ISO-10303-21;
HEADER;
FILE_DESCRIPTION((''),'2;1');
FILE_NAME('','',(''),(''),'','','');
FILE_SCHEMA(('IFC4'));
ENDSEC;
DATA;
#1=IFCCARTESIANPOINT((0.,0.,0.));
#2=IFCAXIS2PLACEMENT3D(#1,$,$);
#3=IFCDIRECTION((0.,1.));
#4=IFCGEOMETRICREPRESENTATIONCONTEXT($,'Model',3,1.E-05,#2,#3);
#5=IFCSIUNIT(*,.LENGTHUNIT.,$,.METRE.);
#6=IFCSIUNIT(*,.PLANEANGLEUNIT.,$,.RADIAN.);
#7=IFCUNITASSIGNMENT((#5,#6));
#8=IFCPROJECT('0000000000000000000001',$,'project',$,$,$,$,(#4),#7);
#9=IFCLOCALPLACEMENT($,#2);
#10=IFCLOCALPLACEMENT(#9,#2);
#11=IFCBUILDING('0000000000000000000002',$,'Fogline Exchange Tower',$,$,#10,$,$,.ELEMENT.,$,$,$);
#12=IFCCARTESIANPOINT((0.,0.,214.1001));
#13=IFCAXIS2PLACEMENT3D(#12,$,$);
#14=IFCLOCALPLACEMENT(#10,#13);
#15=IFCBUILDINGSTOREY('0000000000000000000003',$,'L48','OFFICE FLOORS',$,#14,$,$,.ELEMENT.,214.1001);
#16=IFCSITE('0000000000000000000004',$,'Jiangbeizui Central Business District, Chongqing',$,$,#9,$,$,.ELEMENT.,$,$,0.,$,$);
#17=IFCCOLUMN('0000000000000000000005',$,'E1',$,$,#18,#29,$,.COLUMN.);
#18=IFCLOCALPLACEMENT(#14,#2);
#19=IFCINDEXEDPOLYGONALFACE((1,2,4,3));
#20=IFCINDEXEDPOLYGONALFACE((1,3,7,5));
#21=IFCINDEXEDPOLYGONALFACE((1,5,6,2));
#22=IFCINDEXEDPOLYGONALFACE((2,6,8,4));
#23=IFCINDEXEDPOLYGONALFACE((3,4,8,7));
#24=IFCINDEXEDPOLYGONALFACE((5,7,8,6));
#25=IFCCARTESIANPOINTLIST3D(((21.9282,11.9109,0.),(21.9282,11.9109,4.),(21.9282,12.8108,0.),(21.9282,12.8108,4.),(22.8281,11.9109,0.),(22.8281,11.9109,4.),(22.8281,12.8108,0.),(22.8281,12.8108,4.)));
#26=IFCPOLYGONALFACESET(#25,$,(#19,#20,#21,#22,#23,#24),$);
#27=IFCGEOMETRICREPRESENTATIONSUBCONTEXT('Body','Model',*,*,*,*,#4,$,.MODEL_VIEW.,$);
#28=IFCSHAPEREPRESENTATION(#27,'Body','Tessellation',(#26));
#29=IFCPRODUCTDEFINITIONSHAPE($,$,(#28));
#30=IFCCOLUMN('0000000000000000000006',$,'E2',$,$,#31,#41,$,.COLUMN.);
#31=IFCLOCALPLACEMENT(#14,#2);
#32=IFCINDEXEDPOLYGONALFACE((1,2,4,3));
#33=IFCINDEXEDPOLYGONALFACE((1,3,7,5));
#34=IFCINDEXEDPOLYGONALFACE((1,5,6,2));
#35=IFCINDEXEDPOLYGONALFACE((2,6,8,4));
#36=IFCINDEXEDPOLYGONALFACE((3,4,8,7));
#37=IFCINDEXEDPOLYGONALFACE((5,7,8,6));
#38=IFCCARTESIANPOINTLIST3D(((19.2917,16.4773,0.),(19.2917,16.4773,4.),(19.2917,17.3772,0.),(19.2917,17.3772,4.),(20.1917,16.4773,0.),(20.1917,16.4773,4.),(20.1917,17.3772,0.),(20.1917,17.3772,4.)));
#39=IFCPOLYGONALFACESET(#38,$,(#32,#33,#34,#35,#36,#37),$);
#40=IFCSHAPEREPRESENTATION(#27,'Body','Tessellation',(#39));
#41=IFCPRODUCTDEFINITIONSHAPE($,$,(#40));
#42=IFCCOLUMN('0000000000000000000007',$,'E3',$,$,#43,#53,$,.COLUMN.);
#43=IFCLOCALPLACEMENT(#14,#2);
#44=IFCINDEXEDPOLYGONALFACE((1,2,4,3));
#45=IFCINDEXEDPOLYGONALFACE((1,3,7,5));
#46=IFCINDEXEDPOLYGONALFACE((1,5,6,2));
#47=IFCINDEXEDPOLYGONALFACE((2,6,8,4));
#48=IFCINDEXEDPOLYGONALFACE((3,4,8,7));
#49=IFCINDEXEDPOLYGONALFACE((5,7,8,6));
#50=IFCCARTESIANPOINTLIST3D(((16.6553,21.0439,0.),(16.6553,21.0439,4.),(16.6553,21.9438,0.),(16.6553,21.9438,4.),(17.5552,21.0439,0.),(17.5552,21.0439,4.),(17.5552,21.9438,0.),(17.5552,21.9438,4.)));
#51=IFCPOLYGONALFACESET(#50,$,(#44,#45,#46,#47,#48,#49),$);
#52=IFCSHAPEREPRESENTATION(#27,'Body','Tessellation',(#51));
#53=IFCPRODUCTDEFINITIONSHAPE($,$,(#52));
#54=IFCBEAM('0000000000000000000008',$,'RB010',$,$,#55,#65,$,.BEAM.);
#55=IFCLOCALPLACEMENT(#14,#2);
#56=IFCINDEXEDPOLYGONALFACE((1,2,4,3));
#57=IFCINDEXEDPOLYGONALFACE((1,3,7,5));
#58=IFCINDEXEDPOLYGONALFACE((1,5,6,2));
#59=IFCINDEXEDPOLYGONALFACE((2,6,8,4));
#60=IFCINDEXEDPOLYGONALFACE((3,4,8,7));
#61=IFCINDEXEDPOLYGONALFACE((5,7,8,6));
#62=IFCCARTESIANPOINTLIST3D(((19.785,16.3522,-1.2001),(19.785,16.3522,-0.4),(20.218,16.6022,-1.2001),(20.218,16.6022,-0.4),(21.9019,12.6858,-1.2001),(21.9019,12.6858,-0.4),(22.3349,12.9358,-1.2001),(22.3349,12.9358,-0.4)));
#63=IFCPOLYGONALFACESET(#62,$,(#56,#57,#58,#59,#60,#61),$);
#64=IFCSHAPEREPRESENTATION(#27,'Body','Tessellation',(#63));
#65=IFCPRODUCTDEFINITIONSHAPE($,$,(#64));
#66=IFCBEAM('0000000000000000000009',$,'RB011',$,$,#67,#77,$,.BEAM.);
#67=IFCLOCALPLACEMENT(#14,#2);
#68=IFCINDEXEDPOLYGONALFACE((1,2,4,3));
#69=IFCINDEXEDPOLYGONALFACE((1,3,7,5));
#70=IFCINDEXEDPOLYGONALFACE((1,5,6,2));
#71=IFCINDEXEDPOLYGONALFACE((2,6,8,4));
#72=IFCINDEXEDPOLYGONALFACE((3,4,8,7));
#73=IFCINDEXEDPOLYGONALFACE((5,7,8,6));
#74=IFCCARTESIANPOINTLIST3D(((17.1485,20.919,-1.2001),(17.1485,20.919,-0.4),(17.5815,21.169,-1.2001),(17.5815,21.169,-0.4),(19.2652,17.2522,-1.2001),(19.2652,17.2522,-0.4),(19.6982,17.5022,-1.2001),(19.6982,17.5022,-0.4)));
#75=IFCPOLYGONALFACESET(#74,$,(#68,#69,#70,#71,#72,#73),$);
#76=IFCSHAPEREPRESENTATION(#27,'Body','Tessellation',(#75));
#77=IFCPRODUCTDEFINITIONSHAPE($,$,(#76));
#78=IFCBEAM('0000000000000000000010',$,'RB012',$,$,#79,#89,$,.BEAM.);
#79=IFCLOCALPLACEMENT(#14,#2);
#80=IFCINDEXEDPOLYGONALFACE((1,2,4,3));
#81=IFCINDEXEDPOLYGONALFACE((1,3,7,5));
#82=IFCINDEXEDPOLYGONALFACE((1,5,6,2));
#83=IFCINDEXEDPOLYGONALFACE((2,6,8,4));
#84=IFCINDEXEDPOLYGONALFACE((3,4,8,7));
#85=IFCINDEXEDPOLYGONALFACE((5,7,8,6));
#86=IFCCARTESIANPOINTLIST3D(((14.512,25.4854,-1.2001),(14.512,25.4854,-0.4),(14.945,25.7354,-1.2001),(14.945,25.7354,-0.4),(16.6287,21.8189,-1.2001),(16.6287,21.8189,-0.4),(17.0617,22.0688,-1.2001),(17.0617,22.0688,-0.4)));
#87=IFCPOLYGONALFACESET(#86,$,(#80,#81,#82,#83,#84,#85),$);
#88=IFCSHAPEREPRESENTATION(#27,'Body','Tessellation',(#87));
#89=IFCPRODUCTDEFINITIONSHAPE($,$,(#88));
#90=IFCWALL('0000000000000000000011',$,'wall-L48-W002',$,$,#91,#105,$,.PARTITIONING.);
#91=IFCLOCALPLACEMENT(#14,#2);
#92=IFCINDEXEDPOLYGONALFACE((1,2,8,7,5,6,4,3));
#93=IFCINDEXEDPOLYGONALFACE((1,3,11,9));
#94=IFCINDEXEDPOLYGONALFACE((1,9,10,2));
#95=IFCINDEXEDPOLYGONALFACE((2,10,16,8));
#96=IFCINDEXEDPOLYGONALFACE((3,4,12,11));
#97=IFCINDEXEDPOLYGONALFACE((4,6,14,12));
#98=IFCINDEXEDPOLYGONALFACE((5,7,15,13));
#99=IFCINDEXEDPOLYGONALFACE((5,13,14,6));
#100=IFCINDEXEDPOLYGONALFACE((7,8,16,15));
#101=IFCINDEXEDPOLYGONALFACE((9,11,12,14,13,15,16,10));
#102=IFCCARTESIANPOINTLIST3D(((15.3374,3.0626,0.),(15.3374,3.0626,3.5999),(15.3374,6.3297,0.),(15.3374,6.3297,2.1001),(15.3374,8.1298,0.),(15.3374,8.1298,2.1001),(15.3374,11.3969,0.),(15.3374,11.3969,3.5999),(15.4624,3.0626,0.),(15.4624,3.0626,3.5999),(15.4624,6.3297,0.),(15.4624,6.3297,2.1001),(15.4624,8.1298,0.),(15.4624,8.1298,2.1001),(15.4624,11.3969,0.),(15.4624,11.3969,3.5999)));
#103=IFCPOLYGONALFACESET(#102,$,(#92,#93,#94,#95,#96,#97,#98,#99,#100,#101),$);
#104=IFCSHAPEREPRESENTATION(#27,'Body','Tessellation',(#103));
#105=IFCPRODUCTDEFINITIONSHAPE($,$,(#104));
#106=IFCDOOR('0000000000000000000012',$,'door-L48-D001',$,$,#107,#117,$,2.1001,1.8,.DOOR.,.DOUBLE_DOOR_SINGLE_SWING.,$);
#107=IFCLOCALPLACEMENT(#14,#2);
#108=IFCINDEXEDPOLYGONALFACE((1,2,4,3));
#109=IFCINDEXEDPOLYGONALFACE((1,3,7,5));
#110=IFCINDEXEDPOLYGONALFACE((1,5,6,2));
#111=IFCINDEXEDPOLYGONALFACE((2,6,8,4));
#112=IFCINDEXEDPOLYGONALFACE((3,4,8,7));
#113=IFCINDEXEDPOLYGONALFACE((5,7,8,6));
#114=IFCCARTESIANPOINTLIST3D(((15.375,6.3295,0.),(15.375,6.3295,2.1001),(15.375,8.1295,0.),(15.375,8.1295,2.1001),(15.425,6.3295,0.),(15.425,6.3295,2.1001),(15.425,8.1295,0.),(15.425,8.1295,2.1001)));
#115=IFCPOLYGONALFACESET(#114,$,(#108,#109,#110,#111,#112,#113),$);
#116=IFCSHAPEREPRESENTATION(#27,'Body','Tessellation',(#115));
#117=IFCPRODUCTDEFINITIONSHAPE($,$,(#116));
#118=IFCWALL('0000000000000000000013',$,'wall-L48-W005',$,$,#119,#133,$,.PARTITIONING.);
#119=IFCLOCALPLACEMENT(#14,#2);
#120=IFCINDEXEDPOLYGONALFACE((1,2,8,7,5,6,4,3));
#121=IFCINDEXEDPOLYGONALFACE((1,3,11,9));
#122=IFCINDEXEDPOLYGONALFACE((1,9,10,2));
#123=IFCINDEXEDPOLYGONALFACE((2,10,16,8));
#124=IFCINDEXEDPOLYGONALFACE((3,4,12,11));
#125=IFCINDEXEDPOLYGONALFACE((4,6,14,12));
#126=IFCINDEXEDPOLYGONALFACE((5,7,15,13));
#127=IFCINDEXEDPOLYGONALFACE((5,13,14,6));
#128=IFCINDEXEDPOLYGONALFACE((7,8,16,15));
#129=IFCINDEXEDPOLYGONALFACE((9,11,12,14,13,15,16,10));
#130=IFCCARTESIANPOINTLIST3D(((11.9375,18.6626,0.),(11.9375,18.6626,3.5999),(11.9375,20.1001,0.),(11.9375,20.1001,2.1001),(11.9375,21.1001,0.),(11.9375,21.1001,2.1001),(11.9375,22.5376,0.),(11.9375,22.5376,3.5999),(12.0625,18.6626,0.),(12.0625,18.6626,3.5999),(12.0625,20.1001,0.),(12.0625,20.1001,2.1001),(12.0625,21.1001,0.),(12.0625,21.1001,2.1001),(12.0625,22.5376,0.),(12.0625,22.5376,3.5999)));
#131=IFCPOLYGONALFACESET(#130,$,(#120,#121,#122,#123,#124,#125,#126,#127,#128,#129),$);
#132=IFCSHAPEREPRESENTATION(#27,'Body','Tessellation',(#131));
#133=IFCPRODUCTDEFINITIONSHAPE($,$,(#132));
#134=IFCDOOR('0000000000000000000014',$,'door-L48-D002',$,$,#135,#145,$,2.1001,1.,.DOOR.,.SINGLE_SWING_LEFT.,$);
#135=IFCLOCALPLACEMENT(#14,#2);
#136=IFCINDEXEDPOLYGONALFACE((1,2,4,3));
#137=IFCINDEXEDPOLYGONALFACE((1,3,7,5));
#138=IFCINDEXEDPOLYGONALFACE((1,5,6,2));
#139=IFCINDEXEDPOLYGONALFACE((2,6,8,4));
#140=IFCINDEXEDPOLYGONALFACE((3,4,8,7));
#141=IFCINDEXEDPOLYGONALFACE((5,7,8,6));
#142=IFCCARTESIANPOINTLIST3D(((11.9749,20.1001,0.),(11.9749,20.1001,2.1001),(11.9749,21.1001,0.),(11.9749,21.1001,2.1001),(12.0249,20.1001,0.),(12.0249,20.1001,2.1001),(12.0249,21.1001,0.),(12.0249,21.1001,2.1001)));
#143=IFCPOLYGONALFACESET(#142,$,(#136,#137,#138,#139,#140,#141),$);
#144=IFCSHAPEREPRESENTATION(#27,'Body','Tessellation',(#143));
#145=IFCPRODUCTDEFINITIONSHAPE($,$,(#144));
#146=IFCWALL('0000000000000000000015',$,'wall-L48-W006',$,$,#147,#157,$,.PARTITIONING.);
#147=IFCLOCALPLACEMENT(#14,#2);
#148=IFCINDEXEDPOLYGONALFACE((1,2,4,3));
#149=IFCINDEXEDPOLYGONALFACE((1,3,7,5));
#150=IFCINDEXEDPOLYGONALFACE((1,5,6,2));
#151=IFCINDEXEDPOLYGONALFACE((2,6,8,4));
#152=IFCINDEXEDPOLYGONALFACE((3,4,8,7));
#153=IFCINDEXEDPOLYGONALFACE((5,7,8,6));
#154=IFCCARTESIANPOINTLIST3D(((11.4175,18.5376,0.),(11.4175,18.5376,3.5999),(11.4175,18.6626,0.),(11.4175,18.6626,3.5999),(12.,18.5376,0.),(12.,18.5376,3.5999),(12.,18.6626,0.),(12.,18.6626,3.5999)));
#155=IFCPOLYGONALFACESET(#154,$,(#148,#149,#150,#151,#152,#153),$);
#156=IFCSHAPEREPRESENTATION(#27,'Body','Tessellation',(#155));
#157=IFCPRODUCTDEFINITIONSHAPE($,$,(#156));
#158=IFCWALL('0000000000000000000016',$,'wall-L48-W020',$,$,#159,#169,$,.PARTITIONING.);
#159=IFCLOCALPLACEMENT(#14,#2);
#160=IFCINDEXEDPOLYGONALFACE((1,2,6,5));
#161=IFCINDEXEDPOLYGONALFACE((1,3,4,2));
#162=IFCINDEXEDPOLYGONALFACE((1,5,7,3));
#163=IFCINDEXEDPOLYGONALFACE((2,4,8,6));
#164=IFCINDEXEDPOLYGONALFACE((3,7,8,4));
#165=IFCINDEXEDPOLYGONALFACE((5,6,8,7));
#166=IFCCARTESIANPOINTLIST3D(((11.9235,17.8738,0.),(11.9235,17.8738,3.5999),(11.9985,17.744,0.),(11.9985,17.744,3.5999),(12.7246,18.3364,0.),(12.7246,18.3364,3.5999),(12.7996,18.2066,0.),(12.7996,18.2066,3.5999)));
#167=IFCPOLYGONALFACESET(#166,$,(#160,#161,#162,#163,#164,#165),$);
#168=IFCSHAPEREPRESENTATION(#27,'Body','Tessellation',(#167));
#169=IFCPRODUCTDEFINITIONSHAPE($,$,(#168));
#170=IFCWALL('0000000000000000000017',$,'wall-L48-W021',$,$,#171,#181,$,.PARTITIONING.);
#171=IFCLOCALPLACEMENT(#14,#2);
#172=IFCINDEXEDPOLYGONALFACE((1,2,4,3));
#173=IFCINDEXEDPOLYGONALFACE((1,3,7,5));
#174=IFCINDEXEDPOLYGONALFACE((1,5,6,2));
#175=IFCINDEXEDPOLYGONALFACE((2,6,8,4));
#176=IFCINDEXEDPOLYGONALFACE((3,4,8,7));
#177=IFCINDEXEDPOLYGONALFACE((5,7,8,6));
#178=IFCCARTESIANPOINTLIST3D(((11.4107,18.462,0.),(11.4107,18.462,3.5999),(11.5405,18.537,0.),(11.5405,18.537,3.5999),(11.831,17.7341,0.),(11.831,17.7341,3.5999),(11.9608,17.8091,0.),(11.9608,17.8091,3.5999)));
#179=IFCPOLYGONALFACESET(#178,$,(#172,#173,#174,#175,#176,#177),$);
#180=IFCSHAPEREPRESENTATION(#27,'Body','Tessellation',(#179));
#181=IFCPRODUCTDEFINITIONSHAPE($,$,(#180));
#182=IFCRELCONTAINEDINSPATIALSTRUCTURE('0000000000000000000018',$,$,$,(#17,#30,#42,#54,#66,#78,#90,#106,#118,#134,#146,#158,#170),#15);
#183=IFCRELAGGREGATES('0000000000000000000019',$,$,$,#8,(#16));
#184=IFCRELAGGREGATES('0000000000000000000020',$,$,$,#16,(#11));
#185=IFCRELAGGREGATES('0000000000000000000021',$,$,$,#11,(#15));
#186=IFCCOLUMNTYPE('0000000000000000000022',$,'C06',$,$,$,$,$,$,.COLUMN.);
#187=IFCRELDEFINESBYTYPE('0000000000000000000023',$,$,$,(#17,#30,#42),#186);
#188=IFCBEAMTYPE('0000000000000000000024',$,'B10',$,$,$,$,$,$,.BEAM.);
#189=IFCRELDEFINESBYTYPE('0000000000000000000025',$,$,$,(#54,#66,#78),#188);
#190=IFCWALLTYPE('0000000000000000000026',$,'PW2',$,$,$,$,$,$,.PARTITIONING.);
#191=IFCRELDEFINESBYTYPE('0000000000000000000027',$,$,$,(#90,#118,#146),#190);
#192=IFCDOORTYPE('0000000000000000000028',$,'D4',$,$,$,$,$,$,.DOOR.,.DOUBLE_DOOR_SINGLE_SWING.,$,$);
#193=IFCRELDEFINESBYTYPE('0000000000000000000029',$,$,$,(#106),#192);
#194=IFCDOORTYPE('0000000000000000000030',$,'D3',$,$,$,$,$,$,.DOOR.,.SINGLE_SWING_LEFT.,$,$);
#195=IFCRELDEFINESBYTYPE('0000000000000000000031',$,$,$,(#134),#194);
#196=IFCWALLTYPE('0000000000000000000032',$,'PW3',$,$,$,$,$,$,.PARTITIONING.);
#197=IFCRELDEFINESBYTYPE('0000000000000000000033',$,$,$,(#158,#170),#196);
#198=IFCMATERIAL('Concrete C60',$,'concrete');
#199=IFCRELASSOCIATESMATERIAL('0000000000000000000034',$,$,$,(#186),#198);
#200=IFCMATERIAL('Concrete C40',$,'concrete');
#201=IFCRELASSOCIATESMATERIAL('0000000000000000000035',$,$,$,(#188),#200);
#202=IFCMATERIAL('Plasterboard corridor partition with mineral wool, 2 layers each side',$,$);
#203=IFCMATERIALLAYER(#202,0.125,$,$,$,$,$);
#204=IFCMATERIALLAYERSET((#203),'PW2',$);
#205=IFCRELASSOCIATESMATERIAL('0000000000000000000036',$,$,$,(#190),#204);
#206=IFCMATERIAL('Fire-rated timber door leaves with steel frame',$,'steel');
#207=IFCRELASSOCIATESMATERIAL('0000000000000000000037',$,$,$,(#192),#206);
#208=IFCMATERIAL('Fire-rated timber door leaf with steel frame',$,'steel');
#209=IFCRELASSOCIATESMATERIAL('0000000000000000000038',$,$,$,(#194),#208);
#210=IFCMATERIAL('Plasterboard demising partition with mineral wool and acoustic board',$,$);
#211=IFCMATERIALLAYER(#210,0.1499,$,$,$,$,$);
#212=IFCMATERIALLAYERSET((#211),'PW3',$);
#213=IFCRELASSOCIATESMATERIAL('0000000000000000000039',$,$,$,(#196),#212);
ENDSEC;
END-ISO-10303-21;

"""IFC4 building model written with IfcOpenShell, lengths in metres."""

from ifc_helpers import new_model, si_unit, direction, frame, frame_2d, origin, origin_2d, place, context, subcontext, project, spatial, rectangle, extrude, material, layer, layer_set, material_profile, profile_set, type_object, element, fill, save


model = new_model("IFC4")

# Units and contexts
model_context = context("Model", 3, precision=1e-05, world=origin(), true_north=direction((0.0, 1.0)))
body_context = subcontext(model_context, "Body", "Model", "MODEL_VIEW")
ifc_project = project(units=[si_unit("LENGTHUNIT", "METRE"), si_unit("PLANEANGLEUNIT", "RADIAN")], contexts=[model_context])

# Site, building, storey
site_placement = place(None, origin())
site = spatial("IfcSite", under=ifc_project, at=site_placement, Name="Jiangbeizui Central Business District, Chongqing", CompositionType="ELEMENT", RefElevation=0.0)
building_placement = place(site_placement, origin())
building = spatial("IfcBuilding", under=site, at=building_placement, Name="Fogline Exchange Tower", CompositionType="ELEMENT")
storey_placement = place(building_placement, frame((0.0, 0.0, 214.1001)))
storey = spatial("IfcBuildingStorey", under=building, at=storey_placement, Name="L48", Description="OFFICE FLOORS", CompositionType="ELEMENT", Elevation=214.1001)

# Columns
ifc_material_1 = material(Name="Concrete C60", Category="concrete")
ifc_material_profile_1 = material_profile(ifc_material_1, rectangle(XDim=0.8999, YDim=0.8999, at=origin_2d()), Name="RC 900x900")
ifc_profile_set_1 = profile_set([ifc_material_profile_1], Name="Concrete C60")
column_type = type_object("IfcColumnType", Name="C06", PredefinedType="COLUMN", material=ifc_profile_set_1)
for number, where, z_axis, x_axis, name in (
    (1, (22.3782, 12.3608, 0.0), (0.0, 0.0, 1.0), (1.0, 0.0, 0.0), "E1"),
    (2, (19.7417, 16.9272, 0.0), (0.0, 0.0, 1.0), (1.0, 0.0, 0.0), "E2"),
    (3, (17.1052, 21.4939, 0.0), (0.0, 0.0, 1.0), (1.0, 0.0, 0.0), "E3"),
):
    element("IfcColumn", number, at=place(storey_placement, frame(where, z_axis=z_axis, x_axis=x_axis)), inside=storey, type_object=column_type, Name=name, PredefinedType="COLUMN", context=body_context, shape_type="SweptSolid", body=[
        extrude(rectangle(XDim=0.8999, YDim=0.8999, at=origin_2d()), origin(), (0.0, 0.0, 1.0), 4.0),
    ])

# Beams
ifc_material_2 = material(Name="Concrete C40", Category="concrete")
ifc_material_profile_2 = material_profile(ifc_material_2, rectangle(XDim=0.5, YDim=0.8, at=origin_2d()), Name="RC 500x800")
ifc_profile_set_2 = profile_set([ifc_material_profile_2], Name="Concrete C40")
beam_type = type_object("IfcBeamType", Name="B10", PredefinedType="BEAM", material=ifc_profile_set_2)
beam_1_placement = place(storey_placement, frame((22.1184, 12.8108, -0.8), z_axis=(-0.500015, 0.866017, 0.0), x_axis=(-0.866017, -0.500015, 0.0)))
element("IfcBeam", 4, at=beam_1_placement, inside=storey, type_object=beam_type, Name="RB010", PredefinedType="BEAM", context=body_context, shape_type="SweptSolid", body=[
    extrude(rectangle(XDim=0.5, YDim=0.8, at=origin_2d()), origin(), (0.0, 0.0, 1.0), 4.2336),
])
beam_2_placement = place(storey_placement, frame((19.4817, 17.3772, -0.8), z_axis=(-0.499947, 0.866056, 0.0), x_axis=(-0.866056, -0.499947, 0.0)))
element("IfcBeam", 5, at=beam_2_placement, inside=storey, type_object=beam_type, Name="RB011", PredefinedType="BEAM", context=body_context, shape_type="SweptSolid", body=[
    extrude(rectangle(XDim=0.5, YDim=0.8, at=origin_2d()), origin(), (0.0, 0.0, 1.0), 4.2339),
])
beam_3_placement = place(storey_placement, frame((16.8452, 21.9438, -0.8), z_axis=(-0.499972, 0.866042, 0.0), x_axis=(-0.866042, -0.499972, 0.0)))
element("IfcBeam", 6, at=beam_3_placement, inside=storey, type_object=beam_type, Name="RB012", PredefinedType="BEAM", context=body_context, shape_type="SweptSolid", body=[
    extrude(rectangle(XDim=0.5, YDim=0.8, at=origin_2d()), origin(), (0.0, 0.0, 1.0), 4.2336),
])

# Walls, openings, doors
ifc_material_3 = material(Name="Plasterboard corridor partition with mineral wool, 2 layers each side")
ifc_layer_1 = layer(ifc_material_3, 0.125)
ifc_layer_set_1 = layer_set([ifc_layer_1], Name="PW2")
wall_type_1 = type_object("IfcWallType", Name="PW2", PredefinedType="PARTITIONING", material=ifc_layer_set_1)
wall_1_placement = place(storey_placement, frame((15.3999, 11.3967, 0.0), z_axis=(0.0, 0.0, 1.0), x_axis=(0.0, -1.0, 0.0)))
wall_1 = element("IfcWall", 7, at=wall_1_placement, inside=storey, type_object=wall_type_1, Name="wall-L48-W002", PredefinedType="PARTITIONING", context=body_context, shape_type="SweptSolid", body=[
    extrude(rectangle(XDim=8.3342, YDim=0.125, at=frame_2d((4.167, 0.0))), origin(), (0.0, 0.0, 1.0), 3.5999),
])
opening_1_placement = place(wall_1_placement, frame((3.2671, 0.0, 0.0)))
opening_1 = element("IfcOpeningElement", 8, at=opening_1_placement, cuts=wall_1, PredefinedType="OPENING", context=body_context, shape_type="SweptSolid", body=[
    extrude(rectangle(XDim=1.8, YDim=2.1001, at=frame_2d((0.8999, 1.05))), frame((0.0, 0.0725, 0.0), z_axis=(0.0, -1.0, 0.0), x_axis=(1.0, 0.0, 0.0)), (0.0, 0.0, 1.0), 0.145),
])
ifc_material_4 = material(Name="Fire-rated timber door leaves with steel frame", Category="steel")
door_type_1 = type_object("IfcDoorType", Name="D4", OperationType="DOUBLE_DOOR_SINGLE_SWING", PredefinedType="DOOR", material=ifc_material_4)
door_1_placement = place(opening_1_placement, frame((1.8, 0.0, 0.0), z_axis=(0.0, 0.0, 1.0), x_axis=(-1.0, 0.0, 0.0)))
door_1 = element("IfcDoor", 9, at=door_1_placement, inside=storey, type_object=door_type_1, Name="door-L48-D001", OperationType="DOUBLE_DOOR_SINGLE_SWING", OverallHeight=2.1001, OverallWidth=1.8, PredefinedType="DOOR", context=body_context, shape_type="SweptSolid", body=[
    extrude(rectangle(XDim=1.8, YDim=2.1001, at=frame_2d((0.8999, 1.05))), frame((0.0, 0.0249, 0.0), z_axis=(0.0, -1.0, 0.0), x_axis=(1.0, 0.0, 0.0)), (0.0, 0.0, 1.0), 0.05),
])
fill(opening_1, door_1)
wall_2_placement = place(storey_placement, frame((12.0, 22.5376, 0.0), z_axis=(0.0, 0.0, 1.0), x_axis=(0.0, -1.0, 0.0)))
wall_2 = element("IfcWall", 10, at=wall_2_placement, inside=storey, type_object=wall_type_1, Name="wall-L48-W005", PredefinedType="PARTITIONING", context=body_context, shape_type="SweptSolid", body=[
    extrude(rectangle(XDim=3.875, YDim=0.125, at=frame_2d((1.9375, 0.0))), origin(), (0.0, 0.0, 1.0), 3.5999),
])
opening_2_placement = place(wall_2_placement, frame((1.4375, 0.0, 0.0)))
opening_2 = element("IfcOpeningElement", 11, at=opening_2_placement, cuts=wall_2, PredefinedType="OPENING", context=body_context, shape_type="SweptSolid", body=[
    extrude(rectangle(XDim=1.0, YDim=2.1001, at=frame_2d((0.5, 1.05))), frame((0.0, 0.0725, 0.0), z_axis=(0.0, -1.0, 0.0), x_axis=(1.0, 0.0, 0.0)), (0.0, 0.0, 1.0), 0.145),
])
ifc_material_5 = material(Name="Fire-rated timber door leaf with steel frame", Category="steel")
door_type_2 = type_object("IfcDoorType", Name="D3", OperationType="SINGLE_SWING_LEFT", PredefinedType="DOOR", material=ifc_material_5)
door_2_placement = place(opening_2_placement, origin())
door_2 = element("IfcDoor", 12, at=door_2_placement, inside=storey, type_object=door_type_2, Name="door-L48-D002", OperationType="SINGLE_SWING_LEFT", OverallHeight=2.1001, OverallWidth=1.0, PredefinedType="DOOR", context=body_context, shape_type="SweptSolid", body=[
    extrude(rectangle(XDim=1.0, YDim=2.1001, at=frame_2d((0.5, 1.05))), frame((0.0, 0.0249, 0.0), z_axis=(0.0, -1.0, 0.0), x_axis=(1.0, 0.0, 0.0)), (0.0, 0.0, 1.0), 0.05),
])
fill(opening_2, door_2)

# Walls
wall_3_placement = place(storey_placement, frame((12.0, 18.6001, 0.0), z_axis=(0.0, 0.0, 1.0), x_axis=(-1.0, 0.0, 0.0)))
element("IfcWall", 13, at=wall_3_placement, inside=storey, type_object=wall_type_1, Name="wall-L48-W006", PredefinedType="PARTITIONING", context=body_context, shape_type="SweptSolid", body=[
    extrude(rectangle(XDim=0.5825, YDim=0.125, at=frame_2d((0.2913, 0.0))), origin(), (0.0, 0.0, 1.0), 3.5999),
])
ifc_material_6 = material(Name="Plasterboard demising partition with mineral wool and acoustic board")
ifc_layer_2 = layer(ifc_material_6, 0.1499)
ifc_layer_set_2 = layer_set([ifc_layer_2], Name="PW3")
wall_type_2 = type_object("IfcWallType", Name="PW3", PredefinedType="PARTITIONING", material=ifc_layer_set_2)
wall_4_placement = place(storey_placement, frame((12.762, 18.2715, 0.0), z_axis=(0.0, 0.0, 1.0), x_axis=(-0.865944, -0.500141, 0.0)))
element("IfcWall", 14, at=wall_4_placement, inside=storey, type_object=wall_type_2, Name="wall-L48-W020", PredefinedType="PARTITIONING", context=body_context, shape_type="SweptSolid", body=[
    extrude(rectangle(XDim=0.925, YDim=0.1499, at=frame_2d((0.4624, 0.0))), origin(), (0.0, 0.0, 1.0), 3.5999),
])
wall_5_placement = place(storey_placement, frame((11.896, 17.7715, 0.0), z_axis=(0.0, 0.0, 1.0), x_axis=(-0.500074, 0.865982, 0.0)))
element("IfcWall", 15, at=wall_5_placement, inside=storey, type_object=wall_type_2, Name="wall-L48-W021", PredefinedType="PARTITIONING", context=body_context, shape_type="SweptSolid", body=[
    extrude(rectangle(XDim=0.8406, YDim=0.1499, at=frame_2d((0.4204, 0.0))), origin(), (0.0, 0.0, 1.0), 3.5999),
])

save(model, "model.ifc")
